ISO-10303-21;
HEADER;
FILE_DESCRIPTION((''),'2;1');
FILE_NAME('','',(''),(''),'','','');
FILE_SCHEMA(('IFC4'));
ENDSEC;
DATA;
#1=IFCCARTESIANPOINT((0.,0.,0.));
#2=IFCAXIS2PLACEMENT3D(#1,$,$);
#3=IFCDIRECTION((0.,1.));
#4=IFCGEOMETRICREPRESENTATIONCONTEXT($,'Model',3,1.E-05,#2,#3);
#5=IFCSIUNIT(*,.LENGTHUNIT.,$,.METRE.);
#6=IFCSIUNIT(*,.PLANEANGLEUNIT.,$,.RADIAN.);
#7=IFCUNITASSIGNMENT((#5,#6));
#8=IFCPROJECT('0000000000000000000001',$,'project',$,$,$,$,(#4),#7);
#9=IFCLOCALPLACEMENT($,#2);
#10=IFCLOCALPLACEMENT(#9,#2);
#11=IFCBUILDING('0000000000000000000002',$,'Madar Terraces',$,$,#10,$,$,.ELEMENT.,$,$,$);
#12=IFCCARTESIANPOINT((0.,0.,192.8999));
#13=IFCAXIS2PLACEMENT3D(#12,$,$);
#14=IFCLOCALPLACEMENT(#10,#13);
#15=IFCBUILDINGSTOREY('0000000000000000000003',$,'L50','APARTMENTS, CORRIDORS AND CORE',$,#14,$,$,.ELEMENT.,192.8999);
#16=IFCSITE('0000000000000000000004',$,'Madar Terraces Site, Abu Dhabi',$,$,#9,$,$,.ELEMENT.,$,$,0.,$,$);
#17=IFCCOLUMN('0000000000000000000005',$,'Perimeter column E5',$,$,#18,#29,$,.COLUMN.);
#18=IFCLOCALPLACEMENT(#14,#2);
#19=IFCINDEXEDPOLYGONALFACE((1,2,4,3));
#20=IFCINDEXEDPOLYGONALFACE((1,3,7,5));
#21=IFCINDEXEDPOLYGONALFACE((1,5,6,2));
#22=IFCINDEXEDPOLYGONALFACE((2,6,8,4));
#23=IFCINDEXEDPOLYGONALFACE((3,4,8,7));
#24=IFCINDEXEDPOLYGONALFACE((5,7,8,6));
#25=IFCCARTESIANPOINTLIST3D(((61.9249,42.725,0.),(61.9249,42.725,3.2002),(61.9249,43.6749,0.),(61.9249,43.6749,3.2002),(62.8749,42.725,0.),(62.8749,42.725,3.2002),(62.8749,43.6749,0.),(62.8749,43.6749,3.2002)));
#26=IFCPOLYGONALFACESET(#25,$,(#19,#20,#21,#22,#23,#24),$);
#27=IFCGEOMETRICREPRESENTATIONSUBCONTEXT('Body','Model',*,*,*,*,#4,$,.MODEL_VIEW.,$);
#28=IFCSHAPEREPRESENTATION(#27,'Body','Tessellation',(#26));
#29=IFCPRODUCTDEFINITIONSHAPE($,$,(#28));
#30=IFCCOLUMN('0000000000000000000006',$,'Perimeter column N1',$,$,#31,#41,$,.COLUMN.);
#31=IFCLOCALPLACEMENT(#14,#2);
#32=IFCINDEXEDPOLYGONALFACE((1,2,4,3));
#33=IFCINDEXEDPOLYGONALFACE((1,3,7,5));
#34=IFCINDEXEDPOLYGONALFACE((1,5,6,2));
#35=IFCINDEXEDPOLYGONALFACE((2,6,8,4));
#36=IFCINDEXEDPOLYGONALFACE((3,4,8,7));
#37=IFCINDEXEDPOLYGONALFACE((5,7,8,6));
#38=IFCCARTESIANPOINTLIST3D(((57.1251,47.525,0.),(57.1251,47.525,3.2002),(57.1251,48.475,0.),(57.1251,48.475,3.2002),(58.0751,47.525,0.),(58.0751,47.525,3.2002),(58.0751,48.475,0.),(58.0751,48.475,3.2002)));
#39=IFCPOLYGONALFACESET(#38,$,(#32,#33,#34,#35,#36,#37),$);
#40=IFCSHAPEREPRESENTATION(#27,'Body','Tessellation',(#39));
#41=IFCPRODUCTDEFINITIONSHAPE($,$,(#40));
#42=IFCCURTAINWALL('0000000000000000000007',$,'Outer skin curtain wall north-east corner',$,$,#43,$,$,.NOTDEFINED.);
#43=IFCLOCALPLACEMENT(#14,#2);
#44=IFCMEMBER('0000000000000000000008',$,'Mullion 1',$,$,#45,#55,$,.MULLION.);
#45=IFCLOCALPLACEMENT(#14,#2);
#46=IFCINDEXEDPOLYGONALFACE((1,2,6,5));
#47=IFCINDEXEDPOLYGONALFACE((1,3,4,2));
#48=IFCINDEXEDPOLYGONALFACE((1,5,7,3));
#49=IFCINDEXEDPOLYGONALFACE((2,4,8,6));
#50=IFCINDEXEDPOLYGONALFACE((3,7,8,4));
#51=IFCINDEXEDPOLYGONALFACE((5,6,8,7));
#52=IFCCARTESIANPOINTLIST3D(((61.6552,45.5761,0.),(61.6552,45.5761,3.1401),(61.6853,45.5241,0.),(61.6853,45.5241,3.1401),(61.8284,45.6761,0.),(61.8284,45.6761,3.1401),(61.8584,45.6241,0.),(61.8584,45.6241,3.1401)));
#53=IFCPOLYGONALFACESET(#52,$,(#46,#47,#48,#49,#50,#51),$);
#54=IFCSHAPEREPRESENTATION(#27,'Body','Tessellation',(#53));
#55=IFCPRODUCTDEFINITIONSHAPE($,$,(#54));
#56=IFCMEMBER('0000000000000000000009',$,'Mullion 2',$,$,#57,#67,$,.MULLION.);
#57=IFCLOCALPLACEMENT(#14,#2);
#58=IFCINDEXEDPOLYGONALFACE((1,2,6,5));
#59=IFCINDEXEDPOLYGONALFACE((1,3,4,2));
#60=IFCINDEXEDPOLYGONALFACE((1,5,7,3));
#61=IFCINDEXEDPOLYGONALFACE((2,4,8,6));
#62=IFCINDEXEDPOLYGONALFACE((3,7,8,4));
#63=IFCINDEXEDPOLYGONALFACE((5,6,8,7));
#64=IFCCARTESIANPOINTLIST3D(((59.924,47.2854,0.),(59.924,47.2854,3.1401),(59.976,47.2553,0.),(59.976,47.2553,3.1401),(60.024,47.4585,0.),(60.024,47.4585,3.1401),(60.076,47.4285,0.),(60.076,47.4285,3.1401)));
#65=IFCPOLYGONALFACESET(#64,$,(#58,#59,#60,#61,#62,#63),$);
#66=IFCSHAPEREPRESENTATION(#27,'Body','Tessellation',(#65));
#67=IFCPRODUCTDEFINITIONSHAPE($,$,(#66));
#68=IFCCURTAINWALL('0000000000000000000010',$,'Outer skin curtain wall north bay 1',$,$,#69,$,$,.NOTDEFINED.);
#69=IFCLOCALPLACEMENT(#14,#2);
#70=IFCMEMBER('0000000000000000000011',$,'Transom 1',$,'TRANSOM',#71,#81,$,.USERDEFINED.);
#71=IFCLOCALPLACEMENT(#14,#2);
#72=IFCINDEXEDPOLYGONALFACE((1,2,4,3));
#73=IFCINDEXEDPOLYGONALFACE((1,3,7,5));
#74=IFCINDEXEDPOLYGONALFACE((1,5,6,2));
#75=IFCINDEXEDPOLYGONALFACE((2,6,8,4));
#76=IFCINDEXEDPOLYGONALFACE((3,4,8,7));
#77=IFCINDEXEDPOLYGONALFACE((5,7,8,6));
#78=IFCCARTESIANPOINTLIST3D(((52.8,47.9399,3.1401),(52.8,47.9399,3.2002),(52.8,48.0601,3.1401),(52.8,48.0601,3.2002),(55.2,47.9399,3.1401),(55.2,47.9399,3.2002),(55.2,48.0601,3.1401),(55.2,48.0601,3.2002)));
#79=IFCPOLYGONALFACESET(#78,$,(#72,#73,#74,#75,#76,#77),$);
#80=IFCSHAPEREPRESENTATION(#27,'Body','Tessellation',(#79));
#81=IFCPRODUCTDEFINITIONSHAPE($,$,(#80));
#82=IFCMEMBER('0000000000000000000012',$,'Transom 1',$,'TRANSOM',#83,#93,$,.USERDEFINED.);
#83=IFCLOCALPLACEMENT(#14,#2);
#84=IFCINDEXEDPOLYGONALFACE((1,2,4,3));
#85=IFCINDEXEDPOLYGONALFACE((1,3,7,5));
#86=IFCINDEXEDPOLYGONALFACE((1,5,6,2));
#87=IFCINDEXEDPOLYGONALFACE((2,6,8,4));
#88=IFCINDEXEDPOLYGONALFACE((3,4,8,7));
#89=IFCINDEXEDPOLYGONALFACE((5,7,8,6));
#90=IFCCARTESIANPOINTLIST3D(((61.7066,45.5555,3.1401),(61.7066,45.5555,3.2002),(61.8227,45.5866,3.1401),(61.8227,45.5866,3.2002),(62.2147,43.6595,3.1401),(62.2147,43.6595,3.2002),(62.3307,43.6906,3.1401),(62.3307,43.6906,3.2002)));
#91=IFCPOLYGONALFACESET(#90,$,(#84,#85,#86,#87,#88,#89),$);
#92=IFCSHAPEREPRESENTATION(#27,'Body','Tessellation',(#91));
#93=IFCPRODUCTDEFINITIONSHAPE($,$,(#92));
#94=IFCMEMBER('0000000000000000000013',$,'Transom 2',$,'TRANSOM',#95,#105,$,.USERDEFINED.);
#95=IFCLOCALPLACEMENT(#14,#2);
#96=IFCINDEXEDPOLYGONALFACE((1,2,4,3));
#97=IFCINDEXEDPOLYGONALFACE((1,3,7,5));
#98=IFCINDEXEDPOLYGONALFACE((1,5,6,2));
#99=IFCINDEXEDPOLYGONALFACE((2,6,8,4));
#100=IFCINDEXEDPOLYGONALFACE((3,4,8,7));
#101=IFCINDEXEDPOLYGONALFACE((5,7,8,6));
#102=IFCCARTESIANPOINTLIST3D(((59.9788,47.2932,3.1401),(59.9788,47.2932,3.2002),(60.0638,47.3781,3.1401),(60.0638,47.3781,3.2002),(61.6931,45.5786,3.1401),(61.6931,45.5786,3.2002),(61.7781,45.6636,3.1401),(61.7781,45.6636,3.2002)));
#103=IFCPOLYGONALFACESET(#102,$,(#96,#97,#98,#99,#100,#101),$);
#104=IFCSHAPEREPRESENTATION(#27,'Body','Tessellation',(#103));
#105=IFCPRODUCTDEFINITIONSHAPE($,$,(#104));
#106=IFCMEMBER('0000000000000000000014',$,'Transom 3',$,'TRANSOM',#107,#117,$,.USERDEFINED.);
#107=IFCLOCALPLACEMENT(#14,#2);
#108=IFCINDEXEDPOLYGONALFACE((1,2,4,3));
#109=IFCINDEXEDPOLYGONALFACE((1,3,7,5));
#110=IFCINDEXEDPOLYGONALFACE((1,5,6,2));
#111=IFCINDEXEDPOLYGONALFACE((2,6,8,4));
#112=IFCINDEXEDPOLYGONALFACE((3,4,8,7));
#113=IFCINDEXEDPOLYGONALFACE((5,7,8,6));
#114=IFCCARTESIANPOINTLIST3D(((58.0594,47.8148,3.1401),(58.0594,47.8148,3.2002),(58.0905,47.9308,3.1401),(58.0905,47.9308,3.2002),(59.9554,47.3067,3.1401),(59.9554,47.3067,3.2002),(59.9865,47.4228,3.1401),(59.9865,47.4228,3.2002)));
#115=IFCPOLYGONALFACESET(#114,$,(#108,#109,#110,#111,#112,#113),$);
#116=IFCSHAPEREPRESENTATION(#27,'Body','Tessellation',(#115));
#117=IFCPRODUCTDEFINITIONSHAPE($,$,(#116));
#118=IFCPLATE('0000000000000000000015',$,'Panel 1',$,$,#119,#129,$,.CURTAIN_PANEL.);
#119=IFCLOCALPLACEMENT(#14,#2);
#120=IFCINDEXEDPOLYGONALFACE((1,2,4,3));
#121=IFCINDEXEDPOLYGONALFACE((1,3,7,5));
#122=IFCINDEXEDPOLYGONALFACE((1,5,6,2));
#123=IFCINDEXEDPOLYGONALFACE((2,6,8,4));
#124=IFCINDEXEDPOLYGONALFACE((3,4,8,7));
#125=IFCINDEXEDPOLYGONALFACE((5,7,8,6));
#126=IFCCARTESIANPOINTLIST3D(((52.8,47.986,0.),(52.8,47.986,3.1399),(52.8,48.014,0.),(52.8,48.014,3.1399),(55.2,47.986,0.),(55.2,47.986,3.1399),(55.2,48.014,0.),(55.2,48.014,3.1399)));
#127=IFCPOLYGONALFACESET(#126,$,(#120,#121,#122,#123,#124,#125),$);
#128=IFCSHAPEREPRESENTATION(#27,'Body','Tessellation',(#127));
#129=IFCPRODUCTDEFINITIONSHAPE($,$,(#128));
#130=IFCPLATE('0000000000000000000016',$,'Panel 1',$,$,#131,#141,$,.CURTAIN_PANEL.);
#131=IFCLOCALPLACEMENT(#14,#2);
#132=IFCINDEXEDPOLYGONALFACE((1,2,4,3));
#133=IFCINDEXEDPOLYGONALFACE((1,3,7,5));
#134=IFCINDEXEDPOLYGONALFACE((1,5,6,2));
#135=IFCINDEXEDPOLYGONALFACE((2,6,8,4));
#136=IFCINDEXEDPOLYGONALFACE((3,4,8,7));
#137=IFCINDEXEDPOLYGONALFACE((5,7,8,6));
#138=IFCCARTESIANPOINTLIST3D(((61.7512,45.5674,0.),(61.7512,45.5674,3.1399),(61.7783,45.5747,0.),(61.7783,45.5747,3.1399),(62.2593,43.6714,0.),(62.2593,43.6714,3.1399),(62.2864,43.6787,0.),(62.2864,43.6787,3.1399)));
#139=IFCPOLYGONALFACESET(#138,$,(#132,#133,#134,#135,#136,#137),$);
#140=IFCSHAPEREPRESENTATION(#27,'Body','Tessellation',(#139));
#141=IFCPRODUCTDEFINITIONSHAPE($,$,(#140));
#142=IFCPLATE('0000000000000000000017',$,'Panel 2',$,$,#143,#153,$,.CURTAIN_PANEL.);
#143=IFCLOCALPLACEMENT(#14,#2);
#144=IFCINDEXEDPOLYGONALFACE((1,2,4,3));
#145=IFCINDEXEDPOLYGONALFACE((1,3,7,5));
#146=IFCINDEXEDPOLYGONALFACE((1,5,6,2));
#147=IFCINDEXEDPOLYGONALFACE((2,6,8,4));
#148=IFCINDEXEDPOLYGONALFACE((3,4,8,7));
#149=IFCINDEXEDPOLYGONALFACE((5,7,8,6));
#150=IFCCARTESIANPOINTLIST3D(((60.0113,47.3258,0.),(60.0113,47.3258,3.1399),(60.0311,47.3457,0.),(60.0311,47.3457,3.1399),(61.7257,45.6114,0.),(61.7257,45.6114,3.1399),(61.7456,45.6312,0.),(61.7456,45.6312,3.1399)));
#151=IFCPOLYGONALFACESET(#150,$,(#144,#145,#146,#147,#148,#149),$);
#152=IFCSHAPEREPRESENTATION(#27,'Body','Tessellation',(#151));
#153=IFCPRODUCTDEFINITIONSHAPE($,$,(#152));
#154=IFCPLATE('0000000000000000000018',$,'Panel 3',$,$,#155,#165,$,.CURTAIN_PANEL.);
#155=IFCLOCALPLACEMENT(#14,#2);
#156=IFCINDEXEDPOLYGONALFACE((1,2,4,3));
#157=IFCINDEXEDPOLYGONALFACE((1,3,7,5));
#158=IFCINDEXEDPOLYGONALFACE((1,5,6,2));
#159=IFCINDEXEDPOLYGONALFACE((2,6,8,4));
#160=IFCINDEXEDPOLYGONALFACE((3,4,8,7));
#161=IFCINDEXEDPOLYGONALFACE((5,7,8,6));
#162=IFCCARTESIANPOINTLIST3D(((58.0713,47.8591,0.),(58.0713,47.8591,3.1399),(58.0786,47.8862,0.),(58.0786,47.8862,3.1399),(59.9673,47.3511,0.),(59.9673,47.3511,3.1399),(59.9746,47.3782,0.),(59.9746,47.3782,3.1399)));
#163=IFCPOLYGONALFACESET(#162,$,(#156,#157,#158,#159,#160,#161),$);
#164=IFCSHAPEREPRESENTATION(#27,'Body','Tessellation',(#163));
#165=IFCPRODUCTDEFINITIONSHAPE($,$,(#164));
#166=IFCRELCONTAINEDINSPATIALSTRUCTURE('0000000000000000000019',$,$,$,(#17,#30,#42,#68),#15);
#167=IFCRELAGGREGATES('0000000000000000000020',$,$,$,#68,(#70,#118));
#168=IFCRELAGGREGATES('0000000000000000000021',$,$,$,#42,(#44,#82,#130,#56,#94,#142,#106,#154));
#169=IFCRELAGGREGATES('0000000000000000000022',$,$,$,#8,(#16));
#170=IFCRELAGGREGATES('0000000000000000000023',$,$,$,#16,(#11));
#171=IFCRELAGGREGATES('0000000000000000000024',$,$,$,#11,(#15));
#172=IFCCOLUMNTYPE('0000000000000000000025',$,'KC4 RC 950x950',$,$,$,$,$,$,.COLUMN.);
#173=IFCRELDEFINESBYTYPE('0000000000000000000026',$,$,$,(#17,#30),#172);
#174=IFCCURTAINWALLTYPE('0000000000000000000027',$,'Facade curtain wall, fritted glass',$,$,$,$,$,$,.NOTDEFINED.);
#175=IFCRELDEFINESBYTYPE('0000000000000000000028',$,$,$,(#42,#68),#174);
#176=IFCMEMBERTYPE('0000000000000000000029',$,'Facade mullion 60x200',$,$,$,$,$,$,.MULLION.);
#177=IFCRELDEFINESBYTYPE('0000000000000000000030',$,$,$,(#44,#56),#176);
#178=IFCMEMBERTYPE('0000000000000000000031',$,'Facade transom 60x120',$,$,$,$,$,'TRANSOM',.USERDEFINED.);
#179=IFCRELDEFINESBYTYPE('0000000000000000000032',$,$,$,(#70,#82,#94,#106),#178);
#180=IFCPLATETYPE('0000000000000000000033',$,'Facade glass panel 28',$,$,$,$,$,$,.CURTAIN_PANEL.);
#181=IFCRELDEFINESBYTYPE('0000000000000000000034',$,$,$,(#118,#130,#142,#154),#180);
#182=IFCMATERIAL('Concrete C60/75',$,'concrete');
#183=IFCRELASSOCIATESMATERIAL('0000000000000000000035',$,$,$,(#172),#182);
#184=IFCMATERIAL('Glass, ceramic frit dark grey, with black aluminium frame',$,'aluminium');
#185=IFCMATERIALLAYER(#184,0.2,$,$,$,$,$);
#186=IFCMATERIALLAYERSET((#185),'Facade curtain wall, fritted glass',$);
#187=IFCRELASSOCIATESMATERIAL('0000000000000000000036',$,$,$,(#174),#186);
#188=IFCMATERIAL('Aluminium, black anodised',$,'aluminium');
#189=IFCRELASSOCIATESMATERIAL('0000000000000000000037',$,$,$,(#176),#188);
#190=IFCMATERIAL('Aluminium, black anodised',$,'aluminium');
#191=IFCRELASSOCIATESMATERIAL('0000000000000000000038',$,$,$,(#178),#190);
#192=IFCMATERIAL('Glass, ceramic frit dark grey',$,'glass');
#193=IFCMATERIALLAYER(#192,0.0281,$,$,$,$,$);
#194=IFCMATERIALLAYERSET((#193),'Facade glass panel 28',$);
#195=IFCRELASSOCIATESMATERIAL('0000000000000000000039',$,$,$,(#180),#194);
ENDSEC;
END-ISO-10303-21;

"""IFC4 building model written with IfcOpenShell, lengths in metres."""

from ifc_helpers import new_model, si_unit, direction, frame, origin, origin_2d, place, context, subcontext, project, spatial, rectangle, extrude, material, layer, layer_set, material_profile, profile_set, type_object, element, aggregate, save


model = new_model("IFC4")

# Units and contexts
model_context = context("Model", 3, precision=1e-05, world=origin(), true_north=direction((0.0, 1.0)))
body_context = subcontext(model_context, "Body", "Model", "MODEL_VIEW")
ifc_project = project(units=[si_unit("LENGTHUNIT", "METRE"), si_unit("PLANEANGLEUNIT", "RADIAN")], contexts=[model_context])

# Site, building, storey
site_placement = place(None, origin())
site = spatial("IfcSite", under=ifc_project, at=site_placement, Name="Madar Terraces Site, Abu Dhabi", CompositionType="ELEMENT", RefElevation=0.0)
building_placement = place(site_placement, origin())
building = spatial("IfcBuilding", under=site, at=building_placement, Name="Madar Terraces", CompositionType="ELEMENT")
storey_placement = place(building_placement, frame((0.0, 0.0, 192.8999)))
storey = spatial("IfcBuildingStorey", under=building, at=storey_placement, Name="L50", Description="APARTMENTS, CORRIDORS AND CORE", CompositionType="ELEMENT", Elevation=192.8999)

# Columns
ifc_material_1 = material(Name="Concrete C60/75", Category="concrete")
ifc_material_profile_1 = material_profile(ifc_material_1, rectangle(XDim=0.95, YDim=0.95, at=origin_2d()), Name="KC4 RC 950x950")
ifc_profile_set_1 = profile_set([ifc_material_profile_1], Name="Concrete C60/75")
column_type = type_object("IfcColumnType", Name="KC4 RC 950x950", PredefinedType="COLUMN", material=ifc_profile_set_1)
for number, where, z_axis, x_axis, name in (
    (1, (62.3999, 43.2, 0.0), (0.0, 0.0, 1.0), (1.0, 0.0, 0.0), "Perimeter column E5"),
    (2, (57.6001, 48.0, 0.0), (0.0, 0.0, 1.0), (1.0, 0.0, 0.0), "Perimeter column N1"),
):
    element("IfcColumn", number, at=place(storey_placement, frame(where, z_axis=z_axis, x_axis=x_axis)), inside=storey, type_object=column_type, Name=name, PredefinedType="COLUMN", context=body_context, shape_type="SweptSolid", body=[
        extrude(rectangle(XDim=0.95, YDim=0.95, at=origin_2d()), origin(), (0.0, 0.0, 1.0), 3.2002),
    ])

# Curtain wall, members
ifc_material_2 = material(Name="Glass, ceramic frit dark grey, with black aluminium frame", Category="aluminium")
ifc_layer_1 = layer(ifc_material_2, 0.2)
ifc_layer_set_1 = layer_set([ifc_layer_1], Name="Facade curtain wall, fritted glass")
curtain_wall_type = type_object("IfcCurtainWallType", Name="Facade curtain wall, fritted glass", PredefinedType="NOTDEFINED", material=ifc_layer_set_1)
curtain_wall_1_placement = place(storey_placement, origin())
curtain_wall_1 = element("IfcCurtainWall", 3, at=curtain_wall_1_placement, inside=storey, type_object=curtain_wall_type, Name="Outer skin curtain wall north-east corner", PredefinedType="NOTDEFINED")
ifc_material_3 = material(Name="Aluminium, black anodised", Category="aluminium")
ifc_material_profile_2 = material_profile(ifc_material_3, rectangle(XDim=0.2, YDim=0.0601, at=origin_2d()), Name="Facade mullion 60x200")
ifc_profile_set_2 = profile_set([ifc_material_profile_2], Name="Aluminium, black anodised")
member_type_1 = type_object("IfcMemberType", Name="Facade mullion 60x200", PredefinedType="MULLION", material=ifc_profile_set_2)
member_1_placement = place(storey_placement, frame((61.7568, 45.6001, 0.0), z_axis=(0.0, 0.0, 1.0), x_axis=(-0.866025, -0.5, 0.0)))
member_1 = element("IfcMember", 4, at=member_1_placement, type_object=member_type_1, Name="Mullion 1", PredefinedType="MULLION", context=body_context, shape_type="SweptSolid", body=[
    extrude(rectangle(XDim=0.2, YDim=0.0601, at=origin_2d()), origin(), (0.0, 0.0, 1.0), 3.1401),
])
member_2_placement = place(storey_placement, frame((60.0, 47.3569, 0.0), z_axis=(0.0, 0.0, 1.0), x_axis=(-0.5, -0.866025, 0.0)))
member_2 = element("IfcMember", 5, at=member_2_placement, type_object=member_type_1, Name="Mullion 2", PredefinedType="MULLION", context=body_context, shape_type="SweptSolid", body=[
    extrude(rectangle(XDim=0.2, YDim=0.0601, at=origin_2d()), origin(), (0.0, 0.0, 1.0), 3.1401),
])

# Curtain wall, member
curtain_wall_2_placement = place(storey_placement, origin())
curtain_wall_2 = element("IfcCurtainWall", 6, at=curtain_wall_2_placement, inside=storey, type_object=curtain_wall_type, Name="Outer skin curtain wall north bay 1", PredefinedType="NOTDEFINED")
ifc_material_4 = material(Name="Aluminium, black anodised", Category="aluminium")
ifc_material_profile_3 = material_profile(ifc_material_4, rectangle(XDim=0.1201, YDim=0.0601, at=origin_2d()), Name="Facade transom 60x120")
ifc_profile_set_3 = profile_set([ifc_material_profile_3], Name="Aluminium, black anodised")
member_type_2 = type_object("IfcMemberType", Name="Facade transom 60x120", ElementType="TRANSOM", PredefinedType="USERDEFINED", material=ifc_profile_set_3)
member_3_placement = place(storey_placement, frame((55.2, 48.0, 3.1702), z_axis=(-1.0, 0.0, 0.0), x_axis=(0.0, -1.0, 0.0)))
member_3 = element("IfcMember", 7, at=member_3_placement, type_object=member_type_2, Name="Transom 1", ObjectType="TRANSOM", PredefinedType="USERDEFINED", context=body_context, shape_type="SweptSolid", body=[
    extrude(rectangle(XDim=0.1201, YDim=0.0601, at=origin_2d()), origin(), (0.0, 0.0, 1.0), 2.3999),
])

# Members
member_4_placement = place(storey_placement, frame((62.2727, 43.675, 3.1702), z_axis=(-0.258831, 0.965923, 0.0), x_axis=(-0.965923, -0.258831, 0.0)))
member_4 = element("IfcMember", 8, at=member_4_placement, type_object=member_type_2, Name="Transom 1", ObjectType="TRANSOM", PredefinedType="USERDEFINED", context=body_context, shape_type="SweptSolid", body=[
    extrude(rectangle(XDim=0.1201, YDim=0.0601, at=origin_2d()), origin(), (0.0, 0.0, 1.0), 1.9629),
])
member_5_placement = place(storey_placement, frame((61.7356, 45.6211, 3.1702), z_axis=(-0.707056, 0.707157, 0.0), x_axis=(-0.707157, -0.707056, 0.0)))
member_5 = element("IfcMember", 9, at=member_5_placement, type_object=member_type_2, Name="Transom 2", ObjectType="TRANSOM", PredefinedType="USERDEFINED", context=body_context, shape_type="SweptSolid", body=[
    extrude(rectangle(XDim=0.1201, YDim=0.0601, at=origin_2d()), origin(), (0.0, 0.0, 1.0), 2.4246),
])
member_6_placement = place(storey_placement, frame((59.9709, 47.3647, 3.1702), z_axis=(-0.965923, 0.258831, 0.0), x_axis=(-0.258831, -0.965923, 0.0)))
member_6 = element("IfcMember", 10, at=member_6_placement, type_object=member_type_2, Name="Transom 3", ObjectType="TRANSOM", PredefinedType="USERDEFINED", context=body_context, shape_type="SweptSolid", body=[
    extrude(rectangle(XDim=0.1201, YDim=0.0601, at=origin_2d()), origin(), (0.0, 0.0, 1.0), 1.9629),
])

# Plates
ifc_material_5 = material(Name="Glass, ceramic frit dark grey", Category="glass")
ifc_layer_2 = layer(ifc_material_5, 0.0281)
ifc_layer_set_2 = layer_set([ifc_layer_2], Name="Facade glass panel 28")
plate_type = type_object("IfcPlateType", Name="Facade glass panel 28", PredefinedType="CURTAIN_PANEL", material=ifc_layer_set_2)
plate_1_placement = place(storey_placement, frame((54.0, 48.0, 0.0), z_axis=(0.0, 0.0, 1.0), x_axis=(-1.0, 0.0, 0.0)))
plate_1 = element("IfcPlate", 11, at=plate_1_placement, type_object=plate_type, Name="Panel 1", PredefinedType="CURTAIN_PANEL", context=body_context, shape_type="SweptSolid", body=[
    extrude(rectangle(XDim=2.3999, YDim=0.0281, at=origin_2d()), origin(), (0.0, 0.0, 1.0), 3.1399),
])
aggregate(curtain_wall_2, [member_3, plate_1])
plate_2_placement = place(storey_placement, frame((62.0188, 44.623, 0.0), z_axis=(0.0, 0.0, 1.0), x_axis=(-0.258819, 0.965926, 0.0)))
plate_2 = element("IfcPlate", 12, at=plate_2_placement, type_object=plate_type, Name="Panel 1", PredefinedType="CURTAIN_PANEL", context=body_context, shape_type="SweptSolid", body=[
    extrude(rectangle(XDim=1.9629, YDim=0.0281, at=origin_2d()), origin(), (0.0, 0.0, 1.0), 3.1399),
])
plate_3_placement = place(storey_placement, frame((60.8784, 46.4785, 0.0), z_axis=(0.0, 0.0, 1.0), x_axis=(-0.707107, 0.707107, 0.0)))
plate_3 = element("IfcPlate", 13, at=plate_3_placement, type_object=plate_type, Name="Panel 2", PredefinedType="CURTAIN_PANEL", context=body_context, shape_type="SweptSolid", body=[
    extrude(rectangle(XDim=2.4246, YDim=0.0281, at=origin_2d()), origin(), (0.0, 0.0, 1.0), 3.1399),
])
plate_4_placement = place(storey_placement, frame((59.0229, 47.6187, 0.0), z_axis=(0.0, 0.0, 1.0), x_axis=(-0.965926, 0.258819, 0.0)))
plate_4 = element("IfcPlate", 14, at=plate_4_placement, type_object=plate_type, Name="Panel 3", PredefinedType="CURTAIN_PANEL", context=body_context, shape_type="SweptSolid", body=[
    extrude(rectangle(XDim=1.9629, YDim=0.0281, at=origin_2d()), origin(), (0.0, 0.0, 1.0), 3.1399),
])
aggregate(curtain_wall_1, [member_1, member_4, plate_2, member_2, member_5, plate_3, member_6, plate_4])

save(model, "model.ifc")
